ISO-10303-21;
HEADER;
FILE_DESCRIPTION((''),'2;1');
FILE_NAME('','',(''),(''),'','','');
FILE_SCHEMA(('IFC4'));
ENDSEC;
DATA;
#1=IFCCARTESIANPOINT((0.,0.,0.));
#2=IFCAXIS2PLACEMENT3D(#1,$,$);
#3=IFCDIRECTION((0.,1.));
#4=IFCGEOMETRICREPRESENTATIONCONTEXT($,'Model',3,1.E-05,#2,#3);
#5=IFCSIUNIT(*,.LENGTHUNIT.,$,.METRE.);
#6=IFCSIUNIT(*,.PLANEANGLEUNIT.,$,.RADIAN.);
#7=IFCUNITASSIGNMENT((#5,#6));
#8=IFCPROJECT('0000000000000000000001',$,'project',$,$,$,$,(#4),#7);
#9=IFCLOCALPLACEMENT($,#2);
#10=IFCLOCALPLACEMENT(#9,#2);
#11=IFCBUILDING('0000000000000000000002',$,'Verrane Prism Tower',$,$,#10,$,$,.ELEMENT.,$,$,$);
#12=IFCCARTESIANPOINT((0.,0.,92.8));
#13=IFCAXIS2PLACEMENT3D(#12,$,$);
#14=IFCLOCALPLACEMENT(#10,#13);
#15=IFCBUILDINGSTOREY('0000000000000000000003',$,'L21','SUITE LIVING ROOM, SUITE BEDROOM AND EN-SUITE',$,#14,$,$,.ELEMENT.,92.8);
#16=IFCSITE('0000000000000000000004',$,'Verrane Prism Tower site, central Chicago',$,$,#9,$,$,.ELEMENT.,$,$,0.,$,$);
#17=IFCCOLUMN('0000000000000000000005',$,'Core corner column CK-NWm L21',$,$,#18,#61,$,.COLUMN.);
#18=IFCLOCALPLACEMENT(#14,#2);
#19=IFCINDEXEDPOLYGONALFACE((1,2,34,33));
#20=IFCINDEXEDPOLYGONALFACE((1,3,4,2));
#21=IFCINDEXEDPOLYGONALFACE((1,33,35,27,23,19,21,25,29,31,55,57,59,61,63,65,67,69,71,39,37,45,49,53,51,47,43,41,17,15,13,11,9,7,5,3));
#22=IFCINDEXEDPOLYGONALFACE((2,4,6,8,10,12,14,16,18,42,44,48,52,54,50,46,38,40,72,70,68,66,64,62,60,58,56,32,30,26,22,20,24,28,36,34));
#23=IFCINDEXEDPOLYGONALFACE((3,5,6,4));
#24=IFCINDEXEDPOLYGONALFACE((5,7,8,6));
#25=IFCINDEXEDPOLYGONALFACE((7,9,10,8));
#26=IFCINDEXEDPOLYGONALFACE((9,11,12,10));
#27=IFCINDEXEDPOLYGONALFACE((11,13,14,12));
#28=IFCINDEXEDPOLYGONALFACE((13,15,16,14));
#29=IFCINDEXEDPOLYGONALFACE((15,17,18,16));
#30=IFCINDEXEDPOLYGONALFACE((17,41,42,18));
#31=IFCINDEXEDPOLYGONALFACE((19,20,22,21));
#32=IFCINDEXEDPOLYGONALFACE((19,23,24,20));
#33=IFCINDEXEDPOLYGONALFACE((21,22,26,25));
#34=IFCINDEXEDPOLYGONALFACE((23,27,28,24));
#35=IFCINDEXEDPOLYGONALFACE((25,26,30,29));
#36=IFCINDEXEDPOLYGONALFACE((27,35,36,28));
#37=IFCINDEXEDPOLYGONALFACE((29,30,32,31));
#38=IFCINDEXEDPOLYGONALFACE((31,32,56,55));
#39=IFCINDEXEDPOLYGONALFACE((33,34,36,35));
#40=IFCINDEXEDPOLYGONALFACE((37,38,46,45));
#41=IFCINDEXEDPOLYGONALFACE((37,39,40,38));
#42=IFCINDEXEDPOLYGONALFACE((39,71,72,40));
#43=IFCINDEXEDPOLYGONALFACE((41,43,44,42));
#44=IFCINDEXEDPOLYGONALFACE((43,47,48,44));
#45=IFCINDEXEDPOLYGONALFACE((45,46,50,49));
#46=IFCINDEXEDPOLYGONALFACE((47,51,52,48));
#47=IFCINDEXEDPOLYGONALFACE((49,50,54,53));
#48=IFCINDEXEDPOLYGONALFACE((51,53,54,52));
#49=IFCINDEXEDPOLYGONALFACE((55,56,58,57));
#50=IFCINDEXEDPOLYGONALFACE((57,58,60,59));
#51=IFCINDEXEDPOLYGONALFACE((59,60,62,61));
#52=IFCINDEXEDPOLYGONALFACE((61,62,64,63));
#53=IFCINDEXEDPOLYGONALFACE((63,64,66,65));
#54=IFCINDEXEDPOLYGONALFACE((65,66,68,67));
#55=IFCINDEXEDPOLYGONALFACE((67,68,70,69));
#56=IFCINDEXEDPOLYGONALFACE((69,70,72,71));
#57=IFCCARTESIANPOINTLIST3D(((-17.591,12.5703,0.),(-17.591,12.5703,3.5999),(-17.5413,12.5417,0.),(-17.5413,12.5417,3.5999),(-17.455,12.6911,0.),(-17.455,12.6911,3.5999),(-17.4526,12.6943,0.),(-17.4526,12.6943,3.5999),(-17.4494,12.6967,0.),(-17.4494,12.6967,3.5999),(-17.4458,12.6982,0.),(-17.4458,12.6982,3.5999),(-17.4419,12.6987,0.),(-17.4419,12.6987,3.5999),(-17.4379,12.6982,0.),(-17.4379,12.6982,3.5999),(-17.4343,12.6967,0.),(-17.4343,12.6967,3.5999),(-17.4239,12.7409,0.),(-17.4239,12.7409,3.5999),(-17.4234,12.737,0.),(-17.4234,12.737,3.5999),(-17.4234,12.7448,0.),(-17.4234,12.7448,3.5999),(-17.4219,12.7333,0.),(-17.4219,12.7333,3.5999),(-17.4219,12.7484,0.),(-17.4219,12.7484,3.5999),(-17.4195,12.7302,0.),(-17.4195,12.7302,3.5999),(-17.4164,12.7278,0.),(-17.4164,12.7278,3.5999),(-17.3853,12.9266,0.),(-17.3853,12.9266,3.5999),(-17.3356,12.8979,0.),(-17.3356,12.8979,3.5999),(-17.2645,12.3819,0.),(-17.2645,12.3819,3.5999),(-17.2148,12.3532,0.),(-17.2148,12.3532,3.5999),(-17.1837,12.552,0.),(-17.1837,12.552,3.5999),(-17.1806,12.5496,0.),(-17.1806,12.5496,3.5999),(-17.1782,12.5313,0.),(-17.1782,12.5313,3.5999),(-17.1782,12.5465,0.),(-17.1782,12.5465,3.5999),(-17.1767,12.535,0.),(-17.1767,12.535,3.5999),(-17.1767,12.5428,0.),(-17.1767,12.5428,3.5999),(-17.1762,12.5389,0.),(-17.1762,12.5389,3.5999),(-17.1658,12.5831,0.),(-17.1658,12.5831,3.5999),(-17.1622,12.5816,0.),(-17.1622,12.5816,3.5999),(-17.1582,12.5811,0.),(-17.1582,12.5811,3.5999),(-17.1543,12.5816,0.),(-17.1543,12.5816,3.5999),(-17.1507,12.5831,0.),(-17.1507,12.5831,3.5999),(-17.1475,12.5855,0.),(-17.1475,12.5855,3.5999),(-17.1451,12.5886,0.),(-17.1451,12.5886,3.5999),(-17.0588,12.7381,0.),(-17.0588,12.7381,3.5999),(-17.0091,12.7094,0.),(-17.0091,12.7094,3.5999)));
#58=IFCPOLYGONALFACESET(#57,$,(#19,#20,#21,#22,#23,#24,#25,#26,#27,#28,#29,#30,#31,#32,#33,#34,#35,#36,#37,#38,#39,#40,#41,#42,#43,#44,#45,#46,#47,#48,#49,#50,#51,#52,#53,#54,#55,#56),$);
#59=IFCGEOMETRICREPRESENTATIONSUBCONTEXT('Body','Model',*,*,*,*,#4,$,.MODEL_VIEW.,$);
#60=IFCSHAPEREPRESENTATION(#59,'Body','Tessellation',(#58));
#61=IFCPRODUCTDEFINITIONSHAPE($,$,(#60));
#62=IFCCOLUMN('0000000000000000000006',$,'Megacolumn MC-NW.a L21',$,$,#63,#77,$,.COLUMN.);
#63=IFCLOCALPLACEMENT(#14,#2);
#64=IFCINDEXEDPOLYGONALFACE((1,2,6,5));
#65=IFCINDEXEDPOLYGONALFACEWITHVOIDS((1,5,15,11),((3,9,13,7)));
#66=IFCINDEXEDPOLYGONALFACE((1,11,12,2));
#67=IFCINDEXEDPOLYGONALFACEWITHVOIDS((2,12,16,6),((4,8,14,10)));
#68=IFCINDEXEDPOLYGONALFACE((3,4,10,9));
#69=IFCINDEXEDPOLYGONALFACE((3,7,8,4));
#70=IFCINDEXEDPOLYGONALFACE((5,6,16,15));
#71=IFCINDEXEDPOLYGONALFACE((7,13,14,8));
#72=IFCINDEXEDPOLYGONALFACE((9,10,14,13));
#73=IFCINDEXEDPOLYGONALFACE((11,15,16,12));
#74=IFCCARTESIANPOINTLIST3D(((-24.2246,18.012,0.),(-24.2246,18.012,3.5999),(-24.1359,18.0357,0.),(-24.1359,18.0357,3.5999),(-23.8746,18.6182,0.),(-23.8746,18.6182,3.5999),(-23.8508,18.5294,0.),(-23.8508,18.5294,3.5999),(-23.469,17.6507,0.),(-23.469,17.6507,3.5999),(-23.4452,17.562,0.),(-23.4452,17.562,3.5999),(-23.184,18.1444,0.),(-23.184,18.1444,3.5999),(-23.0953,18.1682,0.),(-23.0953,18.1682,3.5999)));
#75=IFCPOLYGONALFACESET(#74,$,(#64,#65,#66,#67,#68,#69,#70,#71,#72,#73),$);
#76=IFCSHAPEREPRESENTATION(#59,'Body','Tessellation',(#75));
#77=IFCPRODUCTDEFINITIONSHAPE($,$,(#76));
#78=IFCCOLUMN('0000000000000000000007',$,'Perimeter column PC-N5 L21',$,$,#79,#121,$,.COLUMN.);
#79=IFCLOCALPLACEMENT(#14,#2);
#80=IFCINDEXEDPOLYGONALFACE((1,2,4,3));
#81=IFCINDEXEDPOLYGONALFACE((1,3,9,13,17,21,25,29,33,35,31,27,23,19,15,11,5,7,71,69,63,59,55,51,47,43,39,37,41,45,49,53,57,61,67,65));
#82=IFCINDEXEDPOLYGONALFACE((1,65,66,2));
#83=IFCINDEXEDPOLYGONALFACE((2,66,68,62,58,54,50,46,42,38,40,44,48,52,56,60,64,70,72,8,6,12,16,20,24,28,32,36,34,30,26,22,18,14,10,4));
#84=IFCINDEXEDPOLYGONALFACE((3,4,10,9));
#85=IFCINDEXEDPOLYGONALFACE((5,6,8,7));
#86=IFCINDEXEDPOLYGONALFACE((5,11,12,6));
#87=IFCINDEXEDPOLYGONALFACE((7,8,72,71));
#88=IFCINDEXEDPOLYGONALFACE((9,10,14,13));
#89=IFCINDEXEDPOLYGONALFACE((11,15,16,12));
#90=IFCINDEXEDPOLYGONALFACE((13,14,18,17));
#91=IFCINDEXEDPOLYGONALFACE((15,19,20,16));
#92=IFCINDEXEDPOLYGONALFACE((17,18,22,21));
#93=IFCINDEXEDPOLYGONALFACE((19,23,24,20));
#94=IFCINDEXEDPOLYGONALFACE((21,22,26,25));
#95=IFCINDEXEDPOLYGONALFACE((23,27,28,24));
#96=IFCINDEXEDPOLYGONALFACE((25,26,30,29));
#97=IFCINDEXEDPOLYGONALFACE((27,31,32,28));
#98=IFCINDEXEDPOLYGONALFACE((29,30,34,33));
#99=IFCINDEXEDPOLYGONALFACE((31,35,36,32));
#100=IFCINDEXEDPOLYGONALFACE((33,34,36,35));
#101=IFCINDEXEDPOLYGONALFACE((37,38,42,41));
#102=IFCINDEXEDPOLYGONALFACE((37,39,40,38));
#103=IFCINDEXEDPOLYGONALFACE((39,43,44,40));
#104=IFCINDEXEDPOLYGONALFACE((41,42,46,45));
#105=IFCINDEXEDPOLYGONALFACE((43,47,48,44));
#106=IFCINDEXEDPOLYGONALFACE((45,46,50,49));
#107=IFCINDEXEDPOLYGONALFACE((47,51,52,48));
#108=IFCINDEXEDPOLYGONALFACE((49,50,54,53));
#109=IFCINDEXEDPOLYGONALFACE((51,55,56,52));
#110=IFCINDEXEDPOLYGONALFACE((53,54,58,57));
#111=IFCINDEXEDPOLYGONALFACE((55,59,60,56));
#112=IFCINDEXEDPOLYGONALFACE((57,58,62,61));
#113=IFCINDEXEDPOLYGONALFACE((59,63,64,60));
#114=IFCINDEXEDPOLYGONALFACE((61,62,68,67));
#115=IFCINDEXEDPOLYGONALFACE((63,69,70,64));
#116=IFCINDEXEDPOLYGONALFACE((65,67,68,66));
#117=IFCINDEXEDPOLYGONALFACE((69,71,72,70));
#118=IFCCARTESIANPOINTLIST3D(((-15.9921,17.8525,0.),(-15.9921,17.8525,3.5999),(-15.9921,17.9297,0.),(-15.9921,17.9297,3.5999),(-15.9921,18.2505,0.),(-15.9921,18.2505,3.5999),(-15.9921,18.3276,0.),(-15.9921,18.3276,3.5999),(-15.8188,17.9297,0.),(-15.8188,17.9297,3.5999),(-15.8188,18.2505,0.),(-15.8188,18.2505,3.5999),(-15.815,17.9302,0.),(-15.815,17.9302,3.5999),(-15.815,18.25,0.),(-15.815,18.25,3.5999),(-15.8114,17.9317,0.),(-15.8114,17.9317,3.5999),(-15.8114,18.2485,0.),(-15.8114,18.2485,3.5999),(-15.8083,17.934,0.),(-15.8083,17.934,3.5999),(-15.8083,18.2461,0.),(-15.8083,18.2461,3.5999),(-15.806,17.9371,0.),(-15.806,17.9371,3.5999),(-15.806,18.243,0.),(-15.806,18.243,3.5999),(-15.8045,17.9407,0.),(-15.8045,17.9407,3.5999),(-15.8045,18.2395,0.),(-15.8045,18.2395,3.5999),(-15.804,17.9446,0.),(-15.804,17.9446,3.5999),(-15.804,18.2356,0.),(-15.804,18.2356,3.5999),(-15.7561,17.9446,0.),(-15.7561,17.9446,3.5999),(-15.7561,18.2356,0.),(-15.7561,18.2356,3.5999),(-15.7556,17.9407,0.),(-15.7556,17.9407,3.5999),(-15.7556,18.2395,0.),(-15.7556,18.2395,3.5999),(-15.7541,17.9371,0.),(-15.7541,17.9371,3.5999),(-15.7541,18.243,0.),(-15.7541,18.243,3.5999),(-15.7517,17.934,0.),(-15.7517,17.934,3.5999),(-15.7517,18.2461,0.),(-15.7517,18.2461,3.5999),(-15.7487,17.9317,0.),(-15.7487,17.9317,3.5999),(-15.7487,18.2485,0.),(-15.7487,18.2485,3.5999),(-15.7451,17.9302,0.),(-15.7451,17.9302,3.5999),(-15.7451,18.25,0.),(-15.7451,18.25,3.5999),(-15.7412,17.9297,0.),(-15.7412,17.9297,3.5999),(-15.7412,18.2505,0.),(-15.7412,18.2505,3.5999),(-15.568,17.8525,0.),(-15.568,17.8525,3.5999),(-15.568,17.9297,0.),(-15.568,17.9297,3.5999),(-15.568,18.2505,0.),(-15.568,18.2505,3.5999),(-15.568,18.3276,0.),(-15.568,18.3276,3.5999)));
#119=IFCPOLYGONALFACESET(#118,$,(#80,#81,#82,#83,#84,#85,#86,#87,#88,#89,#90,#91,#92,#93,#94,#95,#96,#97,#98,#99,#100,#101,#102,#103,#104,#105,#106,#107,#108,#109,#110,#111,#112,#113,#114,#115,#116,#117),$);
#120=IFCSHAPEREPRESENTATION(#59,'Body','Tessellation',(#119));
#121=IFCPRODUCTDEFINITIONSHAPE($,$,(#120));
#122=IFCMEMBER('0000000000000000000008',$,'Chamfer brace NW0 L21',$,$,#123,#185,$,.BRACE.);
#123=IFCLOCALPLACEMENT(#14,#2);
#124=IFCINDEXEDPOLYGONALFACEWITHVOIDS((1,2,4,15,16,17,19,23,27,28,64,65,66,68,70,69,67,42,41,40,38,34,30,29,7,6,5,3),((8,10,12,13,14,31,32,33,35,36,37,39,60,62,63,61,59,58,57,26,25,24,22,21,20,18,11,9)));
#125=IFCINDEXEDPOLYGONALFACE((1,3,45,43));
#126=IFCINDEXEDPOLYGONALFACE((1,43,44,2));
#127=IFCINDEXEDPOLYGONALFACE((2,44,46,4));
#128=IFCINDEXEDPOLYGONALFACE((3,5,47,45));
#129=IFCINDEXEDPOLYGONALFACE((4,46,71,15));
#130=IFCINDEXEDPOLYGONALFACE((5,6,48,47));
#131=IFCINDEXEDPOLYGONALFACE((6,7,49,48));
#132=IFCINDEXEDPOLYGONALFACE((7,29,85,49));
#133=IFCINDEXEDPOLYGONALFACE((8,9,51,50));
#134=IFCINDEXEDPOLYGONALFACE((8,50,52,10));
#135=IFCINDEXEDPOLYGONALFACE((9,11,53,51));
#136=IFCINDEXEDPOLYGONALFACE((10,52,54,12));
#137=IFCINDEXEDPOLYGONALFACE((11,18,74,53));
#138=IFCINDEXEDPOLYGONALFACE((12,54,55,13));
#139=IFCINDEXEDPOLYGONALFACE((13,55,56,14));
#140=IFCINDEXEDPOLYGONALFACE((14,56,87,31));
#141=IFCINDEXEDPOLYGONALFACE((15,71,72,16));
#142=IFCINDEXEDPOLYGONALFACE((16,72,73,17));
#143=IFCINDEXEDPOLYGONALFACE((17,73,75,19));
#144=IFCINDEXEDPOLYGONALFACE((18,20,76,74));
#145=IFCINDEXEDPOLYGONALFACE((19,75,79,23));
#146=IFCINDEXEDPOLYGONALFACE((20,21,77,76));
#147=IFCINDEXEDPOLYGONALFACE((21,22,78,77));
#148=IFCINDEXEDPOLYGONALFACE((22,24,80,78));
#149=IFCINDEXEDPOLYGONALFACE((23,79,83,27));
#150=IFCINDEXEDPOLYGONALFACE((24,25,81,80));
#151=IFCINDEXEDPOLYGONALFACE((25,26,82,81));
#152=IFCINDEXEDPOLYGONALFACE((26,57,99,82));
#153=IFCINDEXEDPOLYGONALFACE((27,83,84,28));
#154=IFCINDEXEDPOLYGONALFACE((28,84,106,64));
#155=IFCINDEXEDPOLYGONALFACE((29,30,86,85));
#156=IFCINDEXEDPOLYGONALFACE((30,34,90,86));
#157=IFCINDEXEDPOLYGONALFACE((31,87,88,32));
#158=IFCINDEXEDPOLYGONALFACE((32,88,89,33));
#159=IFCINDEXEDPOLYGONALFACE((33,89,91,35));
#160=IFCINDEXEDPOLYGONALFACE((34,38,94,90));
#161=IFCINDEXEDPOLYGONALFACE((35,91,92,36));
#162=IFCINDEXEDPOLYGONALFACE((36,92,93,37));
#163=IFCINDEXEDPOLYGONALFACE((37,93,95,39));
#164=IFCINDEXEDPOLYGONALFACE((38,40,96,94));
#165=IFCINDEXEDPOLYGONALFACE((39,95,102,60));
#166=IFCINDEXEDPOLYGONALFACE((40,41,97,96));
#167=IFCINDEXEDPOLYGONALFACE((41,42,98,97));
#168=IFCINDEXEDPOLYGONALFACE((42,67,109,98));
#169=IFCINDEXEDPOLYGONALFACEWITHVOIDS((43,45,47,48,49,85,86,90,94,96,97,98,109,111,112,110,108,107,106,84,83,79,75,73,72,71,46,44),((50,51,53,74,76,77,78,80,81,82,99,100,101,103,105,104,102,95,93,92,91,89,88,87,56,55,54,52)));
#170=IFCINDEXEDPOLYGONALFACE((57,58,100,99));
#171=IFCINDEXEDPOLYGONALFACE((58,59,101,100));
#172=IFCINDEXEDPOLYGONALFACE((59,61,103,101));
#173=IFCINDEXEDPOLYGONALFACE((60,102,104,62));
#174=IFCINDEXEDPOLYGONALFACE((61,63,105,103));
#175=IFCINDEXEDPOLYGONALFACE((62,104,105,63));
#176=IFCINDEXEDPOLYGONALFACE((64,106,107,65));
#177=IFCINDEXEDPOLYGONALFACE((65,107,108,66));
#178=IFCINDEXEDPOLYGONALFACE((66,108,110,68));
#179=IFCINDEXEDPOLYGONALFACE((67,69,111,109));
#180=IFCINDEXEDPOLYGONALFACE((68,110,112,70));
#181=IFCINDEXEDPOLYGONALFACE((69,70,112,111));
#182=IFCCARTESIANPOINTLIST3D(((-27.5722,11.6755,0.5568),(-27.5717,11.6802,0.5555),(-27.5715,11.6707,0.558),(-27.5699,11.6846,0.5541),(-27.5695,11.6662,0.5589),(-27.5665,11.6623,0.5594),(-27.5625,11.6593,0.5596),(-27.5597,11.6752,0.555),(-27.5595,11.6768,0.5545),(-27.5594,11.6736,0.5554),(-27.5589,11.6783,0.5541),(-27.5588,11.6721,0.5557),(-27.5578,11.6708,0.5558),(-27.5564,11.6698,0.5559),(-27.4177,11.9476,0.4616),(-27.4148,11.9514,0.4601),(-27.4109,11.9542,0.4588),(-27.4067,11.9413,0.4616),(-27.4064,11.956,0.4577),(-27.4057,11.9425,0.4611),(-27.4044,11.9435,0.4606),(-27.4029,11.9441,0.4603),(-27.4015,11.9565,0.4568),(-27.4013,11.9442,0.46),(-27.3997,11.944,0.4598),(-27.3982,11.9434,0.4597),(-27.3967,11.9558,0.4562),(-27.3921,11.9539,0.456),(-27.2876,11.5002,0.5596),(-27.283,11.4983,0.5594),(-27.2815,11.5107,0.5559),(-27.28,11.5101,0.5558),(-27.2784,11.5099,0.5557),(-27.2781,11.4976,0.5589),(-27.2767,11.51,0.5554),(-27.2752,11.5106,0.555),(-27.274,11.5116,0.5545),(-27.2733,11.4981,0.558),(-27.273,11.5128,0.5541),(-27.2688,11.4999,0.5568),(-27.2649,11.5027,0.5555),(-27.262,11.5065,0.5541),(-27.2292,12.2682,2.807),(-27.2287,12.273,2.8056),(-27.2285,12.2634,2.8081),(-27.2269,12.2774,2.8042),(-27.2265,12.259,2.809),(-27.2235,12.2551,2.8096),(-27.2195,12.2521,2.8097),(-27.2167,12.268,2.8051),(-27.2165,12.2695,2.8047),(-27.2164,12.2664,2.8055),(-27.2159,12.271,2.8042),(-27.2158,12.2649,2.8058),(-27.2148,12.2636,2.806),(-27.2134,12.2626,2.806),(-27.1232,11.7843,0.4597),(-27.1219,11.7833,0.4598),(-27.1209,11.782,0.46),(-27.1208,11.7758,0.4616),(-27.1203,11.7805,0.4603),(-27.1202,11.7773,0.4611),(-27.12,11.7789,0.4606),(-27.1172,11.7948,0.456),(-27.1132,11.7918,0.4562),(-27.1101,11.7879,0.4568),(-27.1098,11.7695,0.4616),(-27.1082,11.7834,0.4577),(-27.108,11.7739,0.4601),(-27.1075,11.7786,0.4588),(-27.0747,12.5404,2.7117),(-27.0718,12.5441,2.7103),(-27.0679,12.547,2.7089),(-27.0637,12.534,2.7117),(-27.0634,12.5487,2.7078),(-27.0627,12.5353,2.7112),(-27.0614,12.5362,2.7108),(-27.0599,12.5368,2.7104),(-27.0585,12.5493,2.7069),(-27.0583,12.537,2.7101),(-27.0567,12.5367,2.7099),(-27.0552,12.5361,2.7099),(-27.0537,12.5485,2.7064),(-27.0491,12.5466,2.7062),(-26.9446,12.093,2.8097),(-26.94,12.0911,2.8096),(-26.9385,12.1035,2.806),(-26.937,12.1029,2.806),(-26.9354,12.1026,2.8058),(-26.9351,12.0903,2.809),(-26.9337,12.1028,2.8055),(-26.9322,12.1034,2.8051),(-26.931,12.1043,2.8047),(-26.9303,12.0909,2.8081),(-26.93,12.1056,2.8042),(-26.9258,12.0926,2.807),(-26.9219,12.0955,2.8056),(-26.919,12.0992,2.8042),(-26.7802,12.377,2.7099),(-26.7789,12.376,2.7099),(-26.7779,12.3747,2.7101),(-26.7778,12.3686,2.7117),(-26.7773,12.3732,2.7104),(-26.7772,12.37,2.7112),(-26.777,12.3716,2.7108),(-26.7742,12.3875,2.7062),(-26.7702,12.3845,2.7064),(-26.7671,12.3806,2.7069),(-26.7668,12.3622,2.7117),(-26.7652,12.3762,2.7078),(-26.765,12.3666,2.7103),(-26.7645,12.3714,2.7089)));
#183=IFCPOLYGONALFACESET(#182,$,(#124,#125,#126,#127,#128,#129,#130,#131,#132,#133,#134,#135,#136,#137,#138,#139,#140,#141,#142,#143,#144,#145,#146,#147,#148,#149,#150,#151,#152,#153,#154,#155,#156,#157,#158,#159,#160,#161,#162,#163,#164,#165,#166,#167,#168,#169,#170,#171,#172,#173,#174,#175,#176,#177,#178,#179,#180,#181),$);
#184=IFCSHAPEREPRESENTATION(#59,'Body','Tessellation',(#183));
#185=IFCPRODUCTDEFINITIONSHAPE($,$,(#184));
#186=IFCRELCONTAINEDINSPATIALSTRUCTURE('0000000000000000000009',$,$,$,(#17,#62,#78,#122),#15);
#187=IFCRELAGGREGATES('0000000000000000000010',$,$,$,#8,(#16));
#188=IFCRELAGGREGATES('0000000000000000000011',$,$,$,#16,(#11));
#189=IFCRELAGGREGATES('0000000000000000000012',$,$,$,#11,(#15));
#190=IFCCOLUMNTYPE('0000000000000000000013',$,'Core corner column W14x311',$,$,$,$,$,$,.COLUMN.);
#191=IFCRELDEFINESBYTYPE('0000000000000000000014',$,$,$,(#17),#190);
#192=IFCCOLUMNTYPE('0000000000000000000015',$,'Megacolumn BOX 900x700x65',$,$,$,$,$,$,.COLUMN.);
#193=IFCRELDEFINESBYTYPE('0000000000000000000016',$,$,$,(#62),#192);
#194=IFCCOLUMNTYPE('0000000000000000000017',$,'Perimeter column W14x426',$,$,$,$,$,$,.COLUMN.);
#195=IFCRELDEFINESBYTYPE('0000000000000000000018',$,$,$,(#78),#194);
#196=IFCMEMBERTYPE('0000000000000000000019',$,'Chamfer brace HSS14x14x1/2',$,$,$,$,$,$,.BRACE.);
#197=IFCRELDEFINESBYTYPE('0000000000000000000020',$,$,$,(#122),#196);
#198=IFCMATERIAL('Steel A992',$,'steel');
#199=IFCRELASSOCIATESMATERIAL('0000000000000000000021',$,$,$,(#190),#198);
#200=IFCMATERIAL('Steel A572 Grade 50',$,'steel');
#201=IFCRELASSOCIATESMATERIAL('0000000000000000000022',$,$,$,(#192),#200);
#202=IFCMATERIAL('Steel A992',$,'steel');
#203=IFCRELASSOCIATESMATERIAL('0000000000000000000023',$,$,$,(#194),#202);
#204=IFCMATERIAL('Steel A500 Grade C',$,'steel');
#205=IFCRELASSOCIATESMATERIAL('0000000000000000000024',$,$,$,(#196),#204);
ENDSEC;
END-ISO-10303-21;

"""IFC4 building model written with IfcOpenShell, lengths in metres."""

from ifc_helpers import new_model, si_unit, direction, frame, origin, origin_2d, place, context, subcontext, project, spatial, hollow_rectangle, i_section, extrude, material, material_profile, profile_set, type_object, element, save


model = new_model("IFC4")

# Units and contexts
model_context = context("Model", 3, precision=1e-05, world=origin(), true_north=direction((0.0, 1.0)))
body_context = subcontext(model_context, "Body", "Model", "MODEL_VIEW")
ifc_project = project(units=[si_unit("LENGTHUNIT", "METRE"), si_unit("PLANEANGLEUNIT", "RADIAN")], contexts=[model_context])

# Site, building, storey
site_placement = place(None, origin())
site = spatial("IfcSite", under=ifc_project, at=site_placement, Name="Verrane Prism Tower site, central Chicago", CompositionType="ELEMENT", RefElevation=0.0)
building_placement = place(site_placement, origin())
building = spatial("IfcBuilding", under=site, at=building_placement, Name="Verrane Prism Tower", CompositionType="ELEMENT")
storey_placement = place(building_placement, frame((0.0, 0.0, 92.8)))
storey = spatial("IfcBuildingStorey", under=building, at=storey_placement, Name="L21", Description="SUITE LIVING ROOM, SUITE BEDROOM AND EN-SUITE", CompositionType="ELEMENT", Elevation=92.8)

# Columns
ifc_material_1 = material(Name="Steel A992", Category="steel")
ifc_material_profile_1 = material_profile(ifc_material_1, i_section(OverallWidth=0.4114, OverallDepth=0.4343, WebThickness=0.0359, FlangeThickness=0.0574, FilletRadius=0.0151, at=origin_2d()), Name="W14x311")
ifc_profile_set_1 = profile_set([ifc_material_profile_1], Name="Steel A992")
column_type_1 = type_object("IfcColumnType", Name="Core corner column W14x311", PredefinedType="COLUMN", material=ifc_profile_set_1)
column_1_placement = place(storey_placement, frame((-17.3, 12.6399, 0.0), z_axis=(0.0, 0.0, 1.0), x_axis=(0.5, 0.866025, 0.0)))
element("IfcColumn", 1, at=column_1_placement, inside=storey, type_object=column_type_1, Name="Core corner column CK-NWm L21", PredefinedType="COLUMN", context=body_context, shape_type="SweptSolid", body=[
    extrude(i_section(OverallWidth=0.4114, OverallDepth=0.4343, WebThickness=0.0359, FlangeThickness=0.0574, FilletRadius=0.0151, at=origin_2d()), origin(), (0.0, 0.0, 1.0), 3.5999),
])
ifc_material_2 = material(Name="Steel A572 Grade 50", Category="steel")
ifc_material_profile_2 = material_profile(ifc_material_2, hollow_rectangle(XDim=0.7, YDim=0.8999, WallThickness=0.0649, at=origin_2d()), Name="BOX 900x700x65")
ifc_profile_set_2 = profile_set([ifc_material_profile_2], Name="Steel A572 Grade 50")
column_type_2 = type_object("IfcColumnType", Name="Megacolumn BOX 900x700x65", PredefinedType="COLUMN", material=ifc_profile_set_2)
column_2_placement = place(storey_placement, frame((-23.6599, 18.0901, 0.0), z_axis=(0.0, 0.0, 1.0), x_axis=(0.5, 0.866025, 0.0)))
element("IfcColumn", 2, at=column_2_placement, inside=storey, type_object=column_type_2, Name="Megacolumn MC-NW.a L21", PredefinedType="COLUMN", context=body_context, shape_type="SweptSolid", body=[
    extrude(hollow_rectangle(XDim=0.7, YDim=0.8999, WallThickness=0.0649, at=origin_2d()), origin(), (0.0, 0.0, 1.0), 3.5999),
])
ifc_material_3 = material(Name="Steel A992", Category="steel")
ifc_material_profile_3 = material_profile(ifc_material_3, i_section(OverallWidth=0.4241, OverallDepth=0.4751, WebThickness=0.0479, FlangeThickness=0.0771, FilletRadius=0.0149, at=origin_2d()), Name="W14x426")
ifc_profile_set_3 = profile_set([ifc_material_profile_3], Name="Steel A992")
column_type_3 = type_object("IfcColumnType", Name="Perimeter column W14x426", PredefinedType="COLUMN", material=ifc_profile_set_3)
column_3_placement = place(storey_placement, frame((-15.78, 18.0901, 0.0), z_axis=(0.0, 0.0, 1.0), x_axis=(1.0, 0.0, 0.0)))
element("IfcColumn", 3, at=column_3_placement, inside=storey, type_object=column_type_3, Name="Perimeter column PC-N5 L21", PredefinedType="COLUMN", context=body_context, shape_type="SweptSolid", body=[
    extrude(i_section(OverallWidth=0.4241, OverallDepth=0.4751, WebThickness=0.0479, FlangeThickness=0.0771, FilletRadius=0.0149, at=origin_2d()), origin(), (0.0, 0.0, 1.0), 3.5999),
])

# Member
ifc_material_4 = material(Name="Steel A500 Grade C", Category="steel")
ifc_material_profile_4 = material_profile(ifc_material_4, hollow_rectangle(XDim=0.3557, YDim=0.3557, WallThickness=0.0127, InnerFilletRadius=0.0063, OuterFilletRadius=0.019, at=origin_2d()), Name="HSS14x14x1/2")
ifc_profile_set_4 = profile_set([ifc_material_profile_4], Name="Steel A500 Grade C")
member_type_1 = type_object("IfcMemberType", Name="Chamfer brace HSS14x14x1/2", PredefinedType="BRACE", material=ifc_profile_set_4)
member_1_placement = place(storey_placement, frame((-27.3398, 11.7271, 0.5078), z_axis=(0.145831, 0.252013, 0.956673), x_axis=(-0.865532, 0.500854, 0.0)))
element("IfcMember", 4, at=member_1_placement, inside=storey, type_object=member_type_1, Name="Chamfer brace NW0 L21", PredefinedType="BRACE", context=body_context, shape_type="SweptSolid", body=[
    extrude(hollow_rectangle(XDim=0.3557, YDim=0.3557, WallThickness=0.0127, InnerFilletRadius=0.0063, OuterFilletRadius=0.019, at=origin_2d()), origin(), (0.0, 0.0, 1.0), 2.3521),
])

save(model, "model.ifc")
